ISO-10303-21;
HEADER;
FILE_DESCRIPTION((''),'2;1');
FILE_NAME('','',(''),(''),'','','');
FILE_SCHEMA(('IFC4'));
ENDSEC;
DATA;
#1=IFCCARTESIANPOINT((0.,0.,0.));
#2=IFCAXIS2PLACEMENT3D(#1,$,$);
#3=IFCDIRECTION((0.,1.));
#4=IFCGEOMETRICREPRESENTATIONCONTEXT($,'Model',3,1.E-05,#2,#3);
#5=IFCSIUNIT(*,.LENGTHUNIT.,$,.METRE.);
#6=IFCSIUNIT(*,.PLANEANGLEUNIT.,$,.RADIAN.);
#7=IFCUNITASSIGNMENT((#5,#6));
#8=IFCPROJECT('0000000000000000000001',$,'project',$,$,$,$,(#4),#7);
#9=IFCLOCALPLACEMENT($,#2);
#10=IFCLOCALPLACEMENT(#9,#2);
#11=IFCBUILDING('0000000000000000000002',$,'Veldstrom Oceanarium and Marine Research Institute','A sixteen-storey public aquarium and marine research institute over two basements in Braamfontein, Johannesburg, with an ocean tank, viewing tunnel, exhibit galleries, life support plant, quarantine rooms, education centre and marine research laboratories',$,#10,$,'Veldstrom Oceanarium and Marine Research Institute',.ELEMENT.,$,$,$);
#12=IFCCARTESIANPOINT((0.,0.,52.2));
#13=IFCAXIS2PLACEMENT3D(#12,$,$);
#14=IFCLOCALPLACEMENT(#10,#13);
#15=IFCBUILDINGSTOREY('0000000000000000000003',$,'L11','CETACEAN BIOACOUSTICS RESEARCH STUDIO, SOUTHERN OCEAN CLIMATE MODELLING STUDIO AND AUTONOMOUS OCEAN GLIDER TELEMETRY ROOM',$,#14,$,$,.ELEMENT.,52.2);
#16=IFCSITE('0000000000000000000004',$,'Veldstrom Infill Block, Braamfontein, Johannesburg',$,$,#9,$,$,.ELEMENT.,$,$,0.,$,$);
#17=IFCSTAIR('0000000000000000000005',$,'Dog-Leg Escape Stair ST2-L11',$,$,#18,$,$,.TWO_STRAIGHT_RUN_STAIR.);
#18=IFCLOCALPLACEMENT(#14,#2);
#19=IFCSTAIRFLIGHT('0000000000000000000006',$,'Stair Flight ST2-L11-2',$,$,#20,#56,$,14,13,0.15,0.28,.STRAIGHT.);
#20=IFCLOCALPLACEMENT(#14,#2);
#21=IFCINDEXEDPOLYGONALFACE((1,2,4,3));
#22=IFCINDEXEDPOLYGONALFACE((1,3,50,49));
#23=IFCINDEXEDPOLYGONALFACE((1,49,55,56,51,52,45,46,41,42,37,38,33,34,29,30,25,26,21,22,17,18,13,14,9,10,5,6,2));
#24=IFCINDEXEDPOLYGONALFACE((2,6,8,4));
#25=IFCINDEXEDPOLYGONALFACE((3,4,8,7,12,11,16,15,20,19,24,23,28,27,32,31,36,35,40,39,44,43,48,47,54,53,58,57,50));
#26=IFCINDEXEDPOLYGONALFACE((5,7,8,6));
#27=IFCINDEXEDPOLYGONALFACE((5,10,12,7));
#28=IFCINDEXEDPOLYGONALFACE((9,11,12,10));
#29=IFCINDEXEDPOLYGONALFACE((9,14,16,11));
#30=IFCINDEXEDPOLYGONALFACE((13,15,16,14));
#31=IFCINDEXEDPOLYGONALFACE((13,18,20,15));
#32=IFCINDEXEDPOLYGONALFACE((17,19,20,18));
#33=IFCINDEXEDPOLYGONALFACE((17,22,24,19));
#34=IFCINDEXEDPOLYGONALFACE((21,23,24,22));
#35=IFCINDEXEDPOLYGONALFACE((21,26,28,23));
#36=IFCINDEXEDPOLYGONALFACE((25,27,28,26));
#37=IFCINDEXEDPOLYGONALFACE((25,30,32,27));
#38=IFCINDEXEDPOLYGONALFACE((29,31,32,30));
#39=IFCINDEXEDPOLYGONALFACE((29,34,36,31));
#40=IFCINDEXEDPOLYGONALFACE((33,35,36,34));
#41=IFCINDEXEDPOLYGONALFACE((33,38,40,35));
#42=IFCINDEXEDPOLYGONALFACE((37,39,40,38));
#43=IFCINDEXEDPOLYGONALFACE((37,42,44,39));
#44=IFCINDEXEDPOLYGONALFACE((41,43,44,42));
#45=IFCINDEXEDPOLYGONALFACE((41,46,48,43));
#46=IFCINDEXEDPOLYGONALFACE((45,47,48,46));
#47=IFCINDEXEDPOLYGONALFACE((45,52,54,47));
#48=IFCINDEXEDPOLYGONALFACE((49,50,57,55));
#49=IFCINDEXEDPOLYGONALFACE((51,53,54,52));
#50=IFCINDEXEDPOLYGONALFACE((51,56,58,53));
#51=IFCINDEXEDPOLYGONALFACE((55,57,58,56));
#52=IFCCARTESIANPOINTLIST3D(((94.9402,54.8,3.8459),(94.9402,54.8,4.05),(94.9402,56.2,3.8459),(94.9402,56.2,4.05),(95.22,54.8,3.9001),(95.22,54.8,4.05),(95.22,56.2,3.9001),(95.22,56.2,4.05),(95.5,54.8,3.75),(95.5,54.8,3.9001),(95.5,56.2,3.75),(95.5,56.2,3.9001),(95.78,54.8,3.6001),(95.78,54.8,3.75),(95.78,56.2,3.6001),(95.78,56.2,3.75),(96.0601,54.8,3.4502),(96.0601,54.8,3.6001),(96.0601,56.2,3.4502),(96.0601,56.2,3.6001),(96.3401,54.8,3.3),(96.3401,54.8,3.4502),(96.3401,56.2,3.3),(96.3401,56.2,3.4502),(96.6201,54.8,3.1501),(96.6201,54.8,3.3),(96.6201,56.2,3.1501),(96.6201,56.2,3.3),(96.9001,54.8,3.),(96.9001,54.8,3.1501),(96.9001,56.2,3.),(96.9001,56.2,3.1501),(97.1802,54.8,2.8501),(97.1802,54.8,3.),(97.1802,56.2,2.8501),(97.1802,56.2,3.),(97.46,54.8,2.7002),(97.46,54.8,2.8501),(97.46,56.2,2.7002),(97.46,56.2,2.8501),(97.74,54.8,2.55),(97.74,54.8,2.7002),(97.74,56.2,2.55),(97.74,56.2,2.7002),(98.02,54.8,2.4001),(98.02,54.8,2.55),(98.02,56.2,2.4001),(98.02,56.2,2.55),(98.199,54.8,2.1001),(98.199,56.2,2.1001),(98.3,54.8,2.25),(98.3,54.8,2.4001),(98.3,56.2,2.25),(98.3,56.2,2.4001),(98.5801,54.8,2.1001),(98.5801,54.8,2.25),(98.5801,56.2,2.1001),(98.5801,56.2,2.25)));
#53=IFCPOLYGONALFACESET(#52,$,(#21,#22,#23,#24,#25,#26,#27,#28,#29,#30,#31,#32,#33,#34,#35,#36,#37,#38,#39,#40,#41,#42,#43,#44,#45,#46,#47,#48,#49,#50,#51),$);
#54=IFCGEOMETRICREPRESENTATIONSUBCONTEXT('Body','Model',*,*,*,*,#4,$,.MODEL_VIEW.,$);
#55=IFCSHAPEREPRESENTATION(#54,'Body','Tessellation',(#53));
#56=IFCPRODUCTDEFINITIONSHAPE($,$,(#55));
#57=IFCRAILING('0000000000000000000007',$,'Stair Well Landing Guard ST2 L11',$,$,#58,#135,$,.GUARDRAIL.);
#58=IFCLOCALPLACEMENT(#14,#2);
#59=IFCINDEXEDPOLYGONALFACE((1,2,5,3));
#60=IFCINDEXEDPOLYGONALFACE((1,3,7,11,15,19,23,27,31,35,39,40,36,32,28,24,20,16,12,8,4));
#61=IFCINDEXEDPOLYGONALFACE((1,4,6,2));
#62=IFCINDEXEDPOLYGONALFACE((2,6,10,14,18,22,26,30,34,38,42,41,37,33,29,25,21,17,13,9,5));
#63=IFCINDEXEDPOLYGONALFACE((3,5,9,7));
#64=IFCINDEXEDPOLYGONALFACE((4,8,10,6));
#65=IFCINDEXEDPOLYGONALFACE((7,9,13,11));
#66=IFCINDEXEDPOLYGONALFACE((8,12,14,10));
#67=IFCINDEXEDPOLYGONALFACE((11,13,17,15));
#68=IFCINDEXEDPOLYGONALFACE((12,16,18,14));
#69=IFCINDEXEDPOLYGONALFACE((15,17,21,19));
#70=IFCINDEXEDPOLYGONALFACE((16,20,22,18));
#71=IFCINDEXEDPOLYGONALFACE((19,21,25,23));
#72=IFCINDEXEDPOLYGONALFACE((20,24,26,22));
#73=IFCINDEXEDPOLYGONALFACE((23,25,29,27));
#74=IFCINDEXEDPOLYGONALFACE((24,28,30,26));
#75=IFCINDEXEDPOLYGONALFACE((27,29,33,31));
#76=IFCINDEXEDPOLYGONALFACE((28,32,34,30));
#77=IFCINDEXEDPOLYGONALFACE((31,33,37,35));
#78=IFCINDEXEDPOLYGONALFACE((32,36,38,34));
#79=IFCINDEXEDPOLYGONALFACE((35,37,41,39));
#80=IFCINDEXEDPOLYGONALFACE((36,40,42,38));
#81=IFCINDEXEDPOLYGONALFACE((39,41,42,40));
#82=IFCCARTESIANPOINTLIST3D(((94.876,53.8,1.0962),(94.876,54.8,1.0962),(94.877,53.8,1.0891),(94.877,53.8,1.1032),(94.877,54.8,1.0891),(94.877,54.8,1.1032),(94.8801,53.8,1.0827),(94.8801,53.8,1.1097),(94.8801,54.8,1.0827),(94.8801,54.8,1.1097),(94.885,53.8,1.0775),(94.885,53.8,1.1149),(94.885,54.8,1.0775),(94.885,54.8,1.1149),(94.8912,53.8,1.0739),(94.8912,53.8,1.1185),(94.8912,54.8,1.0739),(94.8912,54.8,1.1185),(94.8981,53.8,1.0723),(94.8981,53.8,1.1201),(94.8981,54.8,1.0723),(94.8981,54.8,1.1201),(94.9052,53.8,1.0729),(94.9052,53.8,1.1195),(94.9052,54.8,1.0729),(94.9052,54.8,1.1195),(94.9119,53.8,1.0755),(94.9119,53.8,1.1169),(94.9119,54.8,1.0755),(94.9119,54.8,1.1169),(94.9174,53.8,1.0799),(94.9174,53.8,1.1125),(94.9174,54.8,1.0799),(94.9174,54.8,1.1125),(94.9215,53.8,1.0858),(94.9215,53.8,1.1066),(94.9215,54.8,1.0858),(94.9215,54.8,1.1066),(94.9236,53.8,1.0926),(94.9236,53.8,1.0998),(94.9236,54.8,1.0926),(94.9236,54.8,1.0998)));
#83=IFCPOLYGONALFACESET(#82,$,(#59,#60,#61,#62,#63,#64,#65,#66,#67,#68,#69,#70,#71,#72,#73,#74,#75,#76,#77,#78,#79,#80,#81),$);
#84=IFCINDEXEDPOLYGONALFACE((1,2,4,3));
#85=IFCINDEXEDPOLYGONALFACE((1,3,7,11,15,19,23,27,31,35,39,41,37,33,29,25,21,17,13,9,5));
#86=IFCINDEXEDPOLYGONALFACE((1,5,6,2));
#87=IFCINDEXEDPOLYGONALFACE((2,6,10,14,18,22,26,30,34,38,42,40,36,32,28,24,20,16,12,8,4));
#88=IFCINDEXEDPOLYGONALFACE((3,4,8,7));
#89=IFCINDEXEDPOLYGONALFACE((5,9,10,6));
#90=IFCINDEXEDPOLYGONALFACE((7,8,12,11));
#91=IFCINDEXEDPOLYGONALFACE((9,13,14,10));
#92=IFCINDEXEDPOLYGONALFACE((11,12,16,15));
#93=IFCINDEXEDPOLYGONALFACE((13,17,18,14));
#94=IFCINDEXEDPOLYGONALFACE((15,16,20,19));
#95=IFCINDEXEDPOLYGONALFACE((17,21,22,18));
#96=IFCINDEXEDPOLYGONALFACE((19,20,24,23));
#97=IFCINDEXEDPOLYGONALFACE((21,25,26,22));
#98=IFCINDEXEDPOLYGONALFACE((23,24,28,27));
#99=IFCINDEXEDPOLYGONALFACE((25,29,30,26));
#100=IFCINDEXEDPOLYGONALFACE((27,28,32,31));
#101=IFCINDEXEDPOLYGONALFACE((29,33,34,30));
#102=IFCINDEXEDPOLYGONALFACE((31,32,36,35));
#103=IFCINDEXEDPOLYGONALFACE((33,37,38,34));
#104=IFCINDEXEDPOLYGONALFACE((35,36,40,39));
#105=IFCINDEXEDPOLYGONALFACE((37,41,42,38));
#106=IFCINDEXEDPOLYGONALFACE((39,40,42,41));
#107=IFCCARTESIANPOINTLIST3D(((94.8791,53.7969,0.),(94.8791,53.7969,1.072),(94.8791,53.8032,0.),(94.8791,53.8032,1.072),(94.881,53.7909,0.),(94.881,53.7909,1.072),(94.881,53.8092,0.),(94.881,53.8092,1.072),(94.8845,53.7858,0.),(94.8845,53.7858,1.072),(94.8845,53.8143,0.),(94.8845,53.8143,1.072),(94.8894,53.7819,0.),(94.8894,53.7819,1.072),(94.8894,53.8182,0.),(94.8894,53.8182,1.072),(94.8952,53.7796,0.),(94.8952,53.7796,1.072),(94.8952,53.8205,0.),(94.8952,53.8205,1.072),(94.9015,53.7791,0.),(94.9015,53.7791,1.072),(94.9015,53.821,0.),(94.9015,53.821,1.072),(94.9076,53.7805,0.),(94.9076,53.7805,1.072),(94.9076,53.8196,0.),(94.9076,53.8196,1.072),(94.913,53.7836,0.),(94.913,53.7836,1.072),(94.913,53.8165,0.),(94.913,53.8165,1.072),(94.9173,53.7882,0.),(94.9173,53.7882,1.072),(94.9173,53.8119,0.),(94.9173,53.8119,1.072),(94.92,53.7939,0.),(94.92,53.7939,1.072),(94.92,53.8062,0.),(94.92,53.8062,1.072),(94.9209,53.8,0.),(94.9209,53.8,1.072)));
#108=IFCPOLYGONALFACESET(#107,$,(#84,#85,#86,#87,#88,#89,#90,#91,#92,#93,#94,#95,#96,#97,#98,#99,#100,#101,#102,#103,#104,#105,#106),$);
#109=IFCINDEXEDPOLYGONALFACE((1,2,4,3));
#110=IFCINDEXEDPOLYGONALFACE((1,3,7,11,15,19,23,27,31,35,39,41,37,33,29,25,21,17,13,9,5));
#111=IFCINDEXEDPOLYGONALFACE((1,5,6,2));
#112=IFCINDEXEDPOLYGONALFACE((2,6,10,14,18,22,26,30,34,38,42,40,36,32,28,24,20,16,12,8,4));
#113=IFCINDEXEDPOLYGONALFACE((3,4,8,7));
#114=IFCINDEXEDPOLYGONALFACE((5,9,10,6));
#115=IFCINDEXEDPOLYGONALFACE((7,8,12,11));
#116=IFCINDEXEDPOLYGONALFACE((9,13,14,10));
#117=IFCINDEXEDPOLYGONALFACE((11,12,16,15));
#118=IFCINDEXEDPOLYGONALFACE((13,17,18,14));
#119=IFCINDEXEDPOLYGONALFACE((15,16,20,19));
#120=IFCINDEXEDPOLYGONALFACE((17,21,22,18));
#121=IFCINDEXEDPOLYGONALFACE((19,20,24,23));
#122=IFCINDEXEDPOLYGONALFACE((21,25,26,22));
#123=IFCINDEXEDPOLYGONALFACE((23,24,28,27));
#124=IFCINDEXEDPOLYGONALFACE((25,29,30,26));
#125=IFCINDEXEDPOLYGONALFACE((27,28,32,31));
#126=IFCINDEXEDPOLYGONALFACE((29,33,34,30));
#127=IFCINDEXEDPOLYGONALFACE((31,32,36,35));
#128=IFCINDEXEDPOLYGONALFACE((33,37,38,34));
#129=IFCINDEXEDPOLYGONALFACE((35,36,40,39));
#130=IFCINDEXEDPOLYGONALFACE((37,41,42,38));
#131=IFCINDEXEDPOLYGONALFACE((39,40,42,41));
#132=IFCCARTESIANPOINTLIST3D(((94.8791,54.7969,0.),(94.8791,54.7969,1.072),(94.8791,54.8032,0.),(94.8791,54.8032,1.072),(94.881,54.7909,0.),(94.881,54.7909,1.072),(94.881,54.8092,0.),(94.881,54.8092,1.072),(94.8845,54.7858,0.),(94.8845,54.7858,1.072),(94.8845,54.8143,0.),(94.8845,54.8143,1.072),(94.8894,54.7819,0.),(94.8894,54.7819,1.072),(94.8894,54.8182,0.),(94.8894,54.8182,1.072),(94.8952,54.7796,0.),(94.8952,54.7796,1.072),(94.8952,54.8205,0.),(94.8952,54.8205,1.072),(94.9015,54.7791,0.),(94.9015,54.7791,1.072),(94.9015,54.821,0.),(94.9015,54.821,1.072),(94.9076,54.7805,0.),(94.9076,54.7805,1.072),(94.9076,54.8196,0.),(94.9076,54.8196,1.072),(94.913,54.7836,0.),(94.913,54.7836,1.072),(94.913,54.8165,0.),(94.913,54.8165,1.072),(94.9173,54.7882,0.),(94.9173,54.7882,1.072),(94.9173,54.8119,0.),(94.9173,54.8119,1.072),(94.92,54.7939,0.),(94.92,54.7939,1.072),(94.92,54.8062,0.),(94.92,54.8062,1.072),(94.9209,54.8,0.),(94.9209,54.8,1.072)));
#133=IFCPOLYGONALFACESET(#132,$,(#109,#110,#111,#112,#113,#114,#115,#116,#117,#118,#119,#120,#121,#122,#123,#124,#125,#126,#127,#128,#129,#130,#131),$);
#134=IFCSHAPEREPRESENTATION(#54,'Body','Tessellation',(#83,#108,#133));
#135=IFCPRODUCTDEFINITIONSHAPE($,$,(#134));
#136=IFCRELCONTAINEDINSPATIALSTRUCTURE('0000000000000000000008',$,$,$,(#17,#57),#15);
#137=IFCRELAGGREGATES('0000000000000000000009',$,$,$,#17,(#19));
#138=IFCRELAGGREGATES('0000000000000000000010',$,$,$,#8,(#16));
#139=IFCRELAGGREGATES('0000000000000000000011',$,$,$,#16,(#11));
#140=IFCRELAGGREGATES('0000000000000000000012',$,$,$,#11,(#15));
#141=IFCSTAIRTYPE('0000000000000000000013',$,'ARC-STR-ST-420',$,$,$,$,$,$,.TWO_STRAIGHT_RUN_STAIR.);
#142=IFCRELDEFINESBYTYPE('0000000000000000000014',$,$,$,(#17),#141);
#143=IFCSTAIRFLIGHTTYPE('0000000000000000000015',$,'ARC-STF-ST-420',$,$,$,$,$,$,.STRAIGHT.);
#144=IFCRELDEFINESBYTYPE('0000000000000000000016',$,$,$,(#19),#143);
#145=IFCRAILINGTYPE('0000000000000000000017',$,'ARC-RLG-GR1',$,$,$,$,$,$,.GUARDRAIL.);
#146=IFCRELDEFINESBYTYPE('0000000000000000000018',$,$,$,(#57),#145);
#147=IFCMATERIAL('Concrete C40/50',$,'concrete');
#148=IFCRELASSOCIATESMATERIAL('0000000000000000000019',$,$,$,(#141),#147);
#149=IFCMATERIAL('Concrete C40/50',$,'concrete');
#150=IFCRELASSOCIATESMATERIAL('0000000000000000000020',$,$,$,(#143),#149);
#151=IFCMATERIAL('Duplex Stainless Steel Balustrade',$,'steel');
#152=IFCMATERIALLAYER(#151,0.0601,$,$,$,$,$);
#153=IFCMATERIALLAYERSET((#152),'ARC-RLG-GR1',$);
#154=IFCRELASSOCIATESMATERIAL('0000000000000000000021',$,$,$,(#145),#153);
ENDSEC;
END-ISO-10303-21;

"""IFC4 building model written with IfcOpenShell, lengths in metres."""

from ifc_helpers import new_model, si_unit, direction, frame, origin, origin_2d, place, context, subcontext, project, spatial, polyline, circle, outline, extrude, material, layer, layer_set, type_object, element, aggregate, save


model = new_model("IFC4")

# Units and contexts
model_context = context("Model", 3, precision=1e-05, world=origin(), true_north=direction((0.0, 1.0)))
body_context = subcontext(model_context, "Body", "Model", "MODEL_VIEW")
ifc_project = project(units=[si_unit("LENGTHUNIT", "METRE"), si_unit("PLANEANGLEUNIT", "RADIAN")], contexts=[model_context])

# Site, building, storey
site_placement = place(None, origin())
site = spatial("IfcSite", under=ifc_project, at=site_placement, Name="Veldstrom Infill Block, Braamfontein, Johannesburg", CompositionType="ELEMENT", RefElevation=0.0)
building_placement = place(site_placement, origin())
building = spatial("IfcBuilding", under=site, at=building_placement, Name="Veldstrom Oceanarium and Marine Research Institute", Description="A sixteen-storey public aquarium and marine research institute over two basements in Braamfontein, Johannesburg, with an ocean tank, viewing tunnel, exhibit galleries, life support plant, quarantine rooms, education centre and marine research laboratories", LongName="Veldstrom Oceanarium and Marine Research Institute", CompositionType="ELEMENT")
storey_placement = place(building_placement, frame((0.0, 0.0, 52.2)))
storey = spatial("IfcBuildingStorey", under=building, at=storey_placement, Name="L11", Description="CETACEAN BIOACOUSTICS RESEARCH STUDIO, SOUTHERN OCEAN CLIMATE MODELLING STUDIO AND AUTONOMOUS OCEAN GLIDER TELEMETRY ROOM", CompositionType="ELEMENT", Elevation=52.2)

# Stair, stair flight
ifc_material_1 = material(Name="Concrete C40/50", Category="concrete")
stair_type = type_object("IfcStairType", Name="ARC-STR-ST-420", PredefinedType="TWO_STRAIGHT_RUN_STAIR", material=ifc_material_1)
stair_placement = place(storey_placement, origin())
stair = element("IfcStair", 1, at=stair_placement, inside=storey, type_object=stair_type, Name="Dog-Leg Escape Stair ST2-L11", PredefinedType="TWO_STRAIGHT_RUN_STAIR")
ifc_material_2 = material(Name="Concrete C40/50", Category="concrete")
stair_flight_type = type_object("IfcStairFlightType", Name="ARC-STF-ST-420", PredefinedType="STRAIGHT", material=ifc_material_2)
stair_flight_1_placement = place(storey_placement, frame((98.5801, 55.5, 2.1001), z_axis=(0.0, 0.0, 1.0), x_axis=(-1.0, 0.0, 0.0)))
stair_flight_1 = element("IfcStairFlight", 2, at=stair_flight_1_placement, type_object=stair_flight_type, Name="Stair Flight ST2-L11-2", NumberOfRisers=14, NumberOfTreads=13, PredefinedType="STRAIGHT", RiserHeight=0.15, TreadLength=0.28, context=body_context, shape_type="SweptSolid", body=[
    extrude(outline(polyline([(0.0, 0.0), (0.0, 0.1499), (0.28, 0.1499), (0.28, 0.3), (0.5601, 0.3), (0.5601, 0.45), (0.8401, 0.45), (0.8401, 0.6001), (1.1201, 0.6001), (1.1201, 0.75), (1.3999, 0.75), (1.3999, 0.8999), (1.6799, 0.8999), (1.6799, 1.05), (1.96, 1.05), (1.96, 1.2), (2.24, 1.2), (2.24, 1.3501), (2.52, 1.3501), (2.52, 1.5), (2.8, 1.5), (2.8, 1.6499), (3.0801, 1.6499), (3.0801, 1.8), (3.3601, 1.8), (3.3601, 1.95), (3.6399, 1.95), (3.6399, 2.1001), (3.6399, 1.7458), (0.3811, 0.0), (0.0, 0.0)])), frame((0.0, 0.7, 0.0), z_axis=(0.0, -1.0, 0.0), x_axis=(1.0, 0.0, 0.0)), (0.0, 0.0, 1.0), 1.3999),
])
aggregate(stair, [stair_flight_1])

# Railing
ifc_material_3 = material(Name="Duplex Stainless Steel Balustrade", Category="steel")
ifc_layer_1 = layer(ifc_material_3, 0.0601)
ifc_layer_set_1 = layer_set([ifc_layer_1], Name="ARC-RLG-GR1")
railing_type_1 = type_object("IfcRailingType", Name="ARC-RLG-GR1", PredefinedType="GUARDRAIL", material=ifc_layer_set_1)
railing_1_placement = place(storey_placement, frame((94.8999, 53.8, 0.0)))
element("IfcRailing", 3, at=railing_1_placement, inside=storey, type_object=railing_type_1, Name="Stair Well Landing Guard ST2 L11", PredefinedType="GUARDRAIL", context=body_context, shape_type="SweptSolid", body=[
    extrude(circle(Radius=0.0239, at=origin_2d()), frame((0.0, 0.0, 1.0962), z_axis=(0.0, 1.0, 0.0), x_axis=(-1.0, 0.0, 0.0)), (0.0, 0.0, 1.0), 1.0),
    extrude(circle(Radius=0.021, at=origin_2d()), origin(), (0.0, 0.0, 1.0), 1.072),
    extrude(circle(Radius=0.021, at=origin_2d()), frame((0.0, 1.0, 0.0)), (0.0, 0.0, 1.0), 1.072),
])

save(model, "model.ifc")
